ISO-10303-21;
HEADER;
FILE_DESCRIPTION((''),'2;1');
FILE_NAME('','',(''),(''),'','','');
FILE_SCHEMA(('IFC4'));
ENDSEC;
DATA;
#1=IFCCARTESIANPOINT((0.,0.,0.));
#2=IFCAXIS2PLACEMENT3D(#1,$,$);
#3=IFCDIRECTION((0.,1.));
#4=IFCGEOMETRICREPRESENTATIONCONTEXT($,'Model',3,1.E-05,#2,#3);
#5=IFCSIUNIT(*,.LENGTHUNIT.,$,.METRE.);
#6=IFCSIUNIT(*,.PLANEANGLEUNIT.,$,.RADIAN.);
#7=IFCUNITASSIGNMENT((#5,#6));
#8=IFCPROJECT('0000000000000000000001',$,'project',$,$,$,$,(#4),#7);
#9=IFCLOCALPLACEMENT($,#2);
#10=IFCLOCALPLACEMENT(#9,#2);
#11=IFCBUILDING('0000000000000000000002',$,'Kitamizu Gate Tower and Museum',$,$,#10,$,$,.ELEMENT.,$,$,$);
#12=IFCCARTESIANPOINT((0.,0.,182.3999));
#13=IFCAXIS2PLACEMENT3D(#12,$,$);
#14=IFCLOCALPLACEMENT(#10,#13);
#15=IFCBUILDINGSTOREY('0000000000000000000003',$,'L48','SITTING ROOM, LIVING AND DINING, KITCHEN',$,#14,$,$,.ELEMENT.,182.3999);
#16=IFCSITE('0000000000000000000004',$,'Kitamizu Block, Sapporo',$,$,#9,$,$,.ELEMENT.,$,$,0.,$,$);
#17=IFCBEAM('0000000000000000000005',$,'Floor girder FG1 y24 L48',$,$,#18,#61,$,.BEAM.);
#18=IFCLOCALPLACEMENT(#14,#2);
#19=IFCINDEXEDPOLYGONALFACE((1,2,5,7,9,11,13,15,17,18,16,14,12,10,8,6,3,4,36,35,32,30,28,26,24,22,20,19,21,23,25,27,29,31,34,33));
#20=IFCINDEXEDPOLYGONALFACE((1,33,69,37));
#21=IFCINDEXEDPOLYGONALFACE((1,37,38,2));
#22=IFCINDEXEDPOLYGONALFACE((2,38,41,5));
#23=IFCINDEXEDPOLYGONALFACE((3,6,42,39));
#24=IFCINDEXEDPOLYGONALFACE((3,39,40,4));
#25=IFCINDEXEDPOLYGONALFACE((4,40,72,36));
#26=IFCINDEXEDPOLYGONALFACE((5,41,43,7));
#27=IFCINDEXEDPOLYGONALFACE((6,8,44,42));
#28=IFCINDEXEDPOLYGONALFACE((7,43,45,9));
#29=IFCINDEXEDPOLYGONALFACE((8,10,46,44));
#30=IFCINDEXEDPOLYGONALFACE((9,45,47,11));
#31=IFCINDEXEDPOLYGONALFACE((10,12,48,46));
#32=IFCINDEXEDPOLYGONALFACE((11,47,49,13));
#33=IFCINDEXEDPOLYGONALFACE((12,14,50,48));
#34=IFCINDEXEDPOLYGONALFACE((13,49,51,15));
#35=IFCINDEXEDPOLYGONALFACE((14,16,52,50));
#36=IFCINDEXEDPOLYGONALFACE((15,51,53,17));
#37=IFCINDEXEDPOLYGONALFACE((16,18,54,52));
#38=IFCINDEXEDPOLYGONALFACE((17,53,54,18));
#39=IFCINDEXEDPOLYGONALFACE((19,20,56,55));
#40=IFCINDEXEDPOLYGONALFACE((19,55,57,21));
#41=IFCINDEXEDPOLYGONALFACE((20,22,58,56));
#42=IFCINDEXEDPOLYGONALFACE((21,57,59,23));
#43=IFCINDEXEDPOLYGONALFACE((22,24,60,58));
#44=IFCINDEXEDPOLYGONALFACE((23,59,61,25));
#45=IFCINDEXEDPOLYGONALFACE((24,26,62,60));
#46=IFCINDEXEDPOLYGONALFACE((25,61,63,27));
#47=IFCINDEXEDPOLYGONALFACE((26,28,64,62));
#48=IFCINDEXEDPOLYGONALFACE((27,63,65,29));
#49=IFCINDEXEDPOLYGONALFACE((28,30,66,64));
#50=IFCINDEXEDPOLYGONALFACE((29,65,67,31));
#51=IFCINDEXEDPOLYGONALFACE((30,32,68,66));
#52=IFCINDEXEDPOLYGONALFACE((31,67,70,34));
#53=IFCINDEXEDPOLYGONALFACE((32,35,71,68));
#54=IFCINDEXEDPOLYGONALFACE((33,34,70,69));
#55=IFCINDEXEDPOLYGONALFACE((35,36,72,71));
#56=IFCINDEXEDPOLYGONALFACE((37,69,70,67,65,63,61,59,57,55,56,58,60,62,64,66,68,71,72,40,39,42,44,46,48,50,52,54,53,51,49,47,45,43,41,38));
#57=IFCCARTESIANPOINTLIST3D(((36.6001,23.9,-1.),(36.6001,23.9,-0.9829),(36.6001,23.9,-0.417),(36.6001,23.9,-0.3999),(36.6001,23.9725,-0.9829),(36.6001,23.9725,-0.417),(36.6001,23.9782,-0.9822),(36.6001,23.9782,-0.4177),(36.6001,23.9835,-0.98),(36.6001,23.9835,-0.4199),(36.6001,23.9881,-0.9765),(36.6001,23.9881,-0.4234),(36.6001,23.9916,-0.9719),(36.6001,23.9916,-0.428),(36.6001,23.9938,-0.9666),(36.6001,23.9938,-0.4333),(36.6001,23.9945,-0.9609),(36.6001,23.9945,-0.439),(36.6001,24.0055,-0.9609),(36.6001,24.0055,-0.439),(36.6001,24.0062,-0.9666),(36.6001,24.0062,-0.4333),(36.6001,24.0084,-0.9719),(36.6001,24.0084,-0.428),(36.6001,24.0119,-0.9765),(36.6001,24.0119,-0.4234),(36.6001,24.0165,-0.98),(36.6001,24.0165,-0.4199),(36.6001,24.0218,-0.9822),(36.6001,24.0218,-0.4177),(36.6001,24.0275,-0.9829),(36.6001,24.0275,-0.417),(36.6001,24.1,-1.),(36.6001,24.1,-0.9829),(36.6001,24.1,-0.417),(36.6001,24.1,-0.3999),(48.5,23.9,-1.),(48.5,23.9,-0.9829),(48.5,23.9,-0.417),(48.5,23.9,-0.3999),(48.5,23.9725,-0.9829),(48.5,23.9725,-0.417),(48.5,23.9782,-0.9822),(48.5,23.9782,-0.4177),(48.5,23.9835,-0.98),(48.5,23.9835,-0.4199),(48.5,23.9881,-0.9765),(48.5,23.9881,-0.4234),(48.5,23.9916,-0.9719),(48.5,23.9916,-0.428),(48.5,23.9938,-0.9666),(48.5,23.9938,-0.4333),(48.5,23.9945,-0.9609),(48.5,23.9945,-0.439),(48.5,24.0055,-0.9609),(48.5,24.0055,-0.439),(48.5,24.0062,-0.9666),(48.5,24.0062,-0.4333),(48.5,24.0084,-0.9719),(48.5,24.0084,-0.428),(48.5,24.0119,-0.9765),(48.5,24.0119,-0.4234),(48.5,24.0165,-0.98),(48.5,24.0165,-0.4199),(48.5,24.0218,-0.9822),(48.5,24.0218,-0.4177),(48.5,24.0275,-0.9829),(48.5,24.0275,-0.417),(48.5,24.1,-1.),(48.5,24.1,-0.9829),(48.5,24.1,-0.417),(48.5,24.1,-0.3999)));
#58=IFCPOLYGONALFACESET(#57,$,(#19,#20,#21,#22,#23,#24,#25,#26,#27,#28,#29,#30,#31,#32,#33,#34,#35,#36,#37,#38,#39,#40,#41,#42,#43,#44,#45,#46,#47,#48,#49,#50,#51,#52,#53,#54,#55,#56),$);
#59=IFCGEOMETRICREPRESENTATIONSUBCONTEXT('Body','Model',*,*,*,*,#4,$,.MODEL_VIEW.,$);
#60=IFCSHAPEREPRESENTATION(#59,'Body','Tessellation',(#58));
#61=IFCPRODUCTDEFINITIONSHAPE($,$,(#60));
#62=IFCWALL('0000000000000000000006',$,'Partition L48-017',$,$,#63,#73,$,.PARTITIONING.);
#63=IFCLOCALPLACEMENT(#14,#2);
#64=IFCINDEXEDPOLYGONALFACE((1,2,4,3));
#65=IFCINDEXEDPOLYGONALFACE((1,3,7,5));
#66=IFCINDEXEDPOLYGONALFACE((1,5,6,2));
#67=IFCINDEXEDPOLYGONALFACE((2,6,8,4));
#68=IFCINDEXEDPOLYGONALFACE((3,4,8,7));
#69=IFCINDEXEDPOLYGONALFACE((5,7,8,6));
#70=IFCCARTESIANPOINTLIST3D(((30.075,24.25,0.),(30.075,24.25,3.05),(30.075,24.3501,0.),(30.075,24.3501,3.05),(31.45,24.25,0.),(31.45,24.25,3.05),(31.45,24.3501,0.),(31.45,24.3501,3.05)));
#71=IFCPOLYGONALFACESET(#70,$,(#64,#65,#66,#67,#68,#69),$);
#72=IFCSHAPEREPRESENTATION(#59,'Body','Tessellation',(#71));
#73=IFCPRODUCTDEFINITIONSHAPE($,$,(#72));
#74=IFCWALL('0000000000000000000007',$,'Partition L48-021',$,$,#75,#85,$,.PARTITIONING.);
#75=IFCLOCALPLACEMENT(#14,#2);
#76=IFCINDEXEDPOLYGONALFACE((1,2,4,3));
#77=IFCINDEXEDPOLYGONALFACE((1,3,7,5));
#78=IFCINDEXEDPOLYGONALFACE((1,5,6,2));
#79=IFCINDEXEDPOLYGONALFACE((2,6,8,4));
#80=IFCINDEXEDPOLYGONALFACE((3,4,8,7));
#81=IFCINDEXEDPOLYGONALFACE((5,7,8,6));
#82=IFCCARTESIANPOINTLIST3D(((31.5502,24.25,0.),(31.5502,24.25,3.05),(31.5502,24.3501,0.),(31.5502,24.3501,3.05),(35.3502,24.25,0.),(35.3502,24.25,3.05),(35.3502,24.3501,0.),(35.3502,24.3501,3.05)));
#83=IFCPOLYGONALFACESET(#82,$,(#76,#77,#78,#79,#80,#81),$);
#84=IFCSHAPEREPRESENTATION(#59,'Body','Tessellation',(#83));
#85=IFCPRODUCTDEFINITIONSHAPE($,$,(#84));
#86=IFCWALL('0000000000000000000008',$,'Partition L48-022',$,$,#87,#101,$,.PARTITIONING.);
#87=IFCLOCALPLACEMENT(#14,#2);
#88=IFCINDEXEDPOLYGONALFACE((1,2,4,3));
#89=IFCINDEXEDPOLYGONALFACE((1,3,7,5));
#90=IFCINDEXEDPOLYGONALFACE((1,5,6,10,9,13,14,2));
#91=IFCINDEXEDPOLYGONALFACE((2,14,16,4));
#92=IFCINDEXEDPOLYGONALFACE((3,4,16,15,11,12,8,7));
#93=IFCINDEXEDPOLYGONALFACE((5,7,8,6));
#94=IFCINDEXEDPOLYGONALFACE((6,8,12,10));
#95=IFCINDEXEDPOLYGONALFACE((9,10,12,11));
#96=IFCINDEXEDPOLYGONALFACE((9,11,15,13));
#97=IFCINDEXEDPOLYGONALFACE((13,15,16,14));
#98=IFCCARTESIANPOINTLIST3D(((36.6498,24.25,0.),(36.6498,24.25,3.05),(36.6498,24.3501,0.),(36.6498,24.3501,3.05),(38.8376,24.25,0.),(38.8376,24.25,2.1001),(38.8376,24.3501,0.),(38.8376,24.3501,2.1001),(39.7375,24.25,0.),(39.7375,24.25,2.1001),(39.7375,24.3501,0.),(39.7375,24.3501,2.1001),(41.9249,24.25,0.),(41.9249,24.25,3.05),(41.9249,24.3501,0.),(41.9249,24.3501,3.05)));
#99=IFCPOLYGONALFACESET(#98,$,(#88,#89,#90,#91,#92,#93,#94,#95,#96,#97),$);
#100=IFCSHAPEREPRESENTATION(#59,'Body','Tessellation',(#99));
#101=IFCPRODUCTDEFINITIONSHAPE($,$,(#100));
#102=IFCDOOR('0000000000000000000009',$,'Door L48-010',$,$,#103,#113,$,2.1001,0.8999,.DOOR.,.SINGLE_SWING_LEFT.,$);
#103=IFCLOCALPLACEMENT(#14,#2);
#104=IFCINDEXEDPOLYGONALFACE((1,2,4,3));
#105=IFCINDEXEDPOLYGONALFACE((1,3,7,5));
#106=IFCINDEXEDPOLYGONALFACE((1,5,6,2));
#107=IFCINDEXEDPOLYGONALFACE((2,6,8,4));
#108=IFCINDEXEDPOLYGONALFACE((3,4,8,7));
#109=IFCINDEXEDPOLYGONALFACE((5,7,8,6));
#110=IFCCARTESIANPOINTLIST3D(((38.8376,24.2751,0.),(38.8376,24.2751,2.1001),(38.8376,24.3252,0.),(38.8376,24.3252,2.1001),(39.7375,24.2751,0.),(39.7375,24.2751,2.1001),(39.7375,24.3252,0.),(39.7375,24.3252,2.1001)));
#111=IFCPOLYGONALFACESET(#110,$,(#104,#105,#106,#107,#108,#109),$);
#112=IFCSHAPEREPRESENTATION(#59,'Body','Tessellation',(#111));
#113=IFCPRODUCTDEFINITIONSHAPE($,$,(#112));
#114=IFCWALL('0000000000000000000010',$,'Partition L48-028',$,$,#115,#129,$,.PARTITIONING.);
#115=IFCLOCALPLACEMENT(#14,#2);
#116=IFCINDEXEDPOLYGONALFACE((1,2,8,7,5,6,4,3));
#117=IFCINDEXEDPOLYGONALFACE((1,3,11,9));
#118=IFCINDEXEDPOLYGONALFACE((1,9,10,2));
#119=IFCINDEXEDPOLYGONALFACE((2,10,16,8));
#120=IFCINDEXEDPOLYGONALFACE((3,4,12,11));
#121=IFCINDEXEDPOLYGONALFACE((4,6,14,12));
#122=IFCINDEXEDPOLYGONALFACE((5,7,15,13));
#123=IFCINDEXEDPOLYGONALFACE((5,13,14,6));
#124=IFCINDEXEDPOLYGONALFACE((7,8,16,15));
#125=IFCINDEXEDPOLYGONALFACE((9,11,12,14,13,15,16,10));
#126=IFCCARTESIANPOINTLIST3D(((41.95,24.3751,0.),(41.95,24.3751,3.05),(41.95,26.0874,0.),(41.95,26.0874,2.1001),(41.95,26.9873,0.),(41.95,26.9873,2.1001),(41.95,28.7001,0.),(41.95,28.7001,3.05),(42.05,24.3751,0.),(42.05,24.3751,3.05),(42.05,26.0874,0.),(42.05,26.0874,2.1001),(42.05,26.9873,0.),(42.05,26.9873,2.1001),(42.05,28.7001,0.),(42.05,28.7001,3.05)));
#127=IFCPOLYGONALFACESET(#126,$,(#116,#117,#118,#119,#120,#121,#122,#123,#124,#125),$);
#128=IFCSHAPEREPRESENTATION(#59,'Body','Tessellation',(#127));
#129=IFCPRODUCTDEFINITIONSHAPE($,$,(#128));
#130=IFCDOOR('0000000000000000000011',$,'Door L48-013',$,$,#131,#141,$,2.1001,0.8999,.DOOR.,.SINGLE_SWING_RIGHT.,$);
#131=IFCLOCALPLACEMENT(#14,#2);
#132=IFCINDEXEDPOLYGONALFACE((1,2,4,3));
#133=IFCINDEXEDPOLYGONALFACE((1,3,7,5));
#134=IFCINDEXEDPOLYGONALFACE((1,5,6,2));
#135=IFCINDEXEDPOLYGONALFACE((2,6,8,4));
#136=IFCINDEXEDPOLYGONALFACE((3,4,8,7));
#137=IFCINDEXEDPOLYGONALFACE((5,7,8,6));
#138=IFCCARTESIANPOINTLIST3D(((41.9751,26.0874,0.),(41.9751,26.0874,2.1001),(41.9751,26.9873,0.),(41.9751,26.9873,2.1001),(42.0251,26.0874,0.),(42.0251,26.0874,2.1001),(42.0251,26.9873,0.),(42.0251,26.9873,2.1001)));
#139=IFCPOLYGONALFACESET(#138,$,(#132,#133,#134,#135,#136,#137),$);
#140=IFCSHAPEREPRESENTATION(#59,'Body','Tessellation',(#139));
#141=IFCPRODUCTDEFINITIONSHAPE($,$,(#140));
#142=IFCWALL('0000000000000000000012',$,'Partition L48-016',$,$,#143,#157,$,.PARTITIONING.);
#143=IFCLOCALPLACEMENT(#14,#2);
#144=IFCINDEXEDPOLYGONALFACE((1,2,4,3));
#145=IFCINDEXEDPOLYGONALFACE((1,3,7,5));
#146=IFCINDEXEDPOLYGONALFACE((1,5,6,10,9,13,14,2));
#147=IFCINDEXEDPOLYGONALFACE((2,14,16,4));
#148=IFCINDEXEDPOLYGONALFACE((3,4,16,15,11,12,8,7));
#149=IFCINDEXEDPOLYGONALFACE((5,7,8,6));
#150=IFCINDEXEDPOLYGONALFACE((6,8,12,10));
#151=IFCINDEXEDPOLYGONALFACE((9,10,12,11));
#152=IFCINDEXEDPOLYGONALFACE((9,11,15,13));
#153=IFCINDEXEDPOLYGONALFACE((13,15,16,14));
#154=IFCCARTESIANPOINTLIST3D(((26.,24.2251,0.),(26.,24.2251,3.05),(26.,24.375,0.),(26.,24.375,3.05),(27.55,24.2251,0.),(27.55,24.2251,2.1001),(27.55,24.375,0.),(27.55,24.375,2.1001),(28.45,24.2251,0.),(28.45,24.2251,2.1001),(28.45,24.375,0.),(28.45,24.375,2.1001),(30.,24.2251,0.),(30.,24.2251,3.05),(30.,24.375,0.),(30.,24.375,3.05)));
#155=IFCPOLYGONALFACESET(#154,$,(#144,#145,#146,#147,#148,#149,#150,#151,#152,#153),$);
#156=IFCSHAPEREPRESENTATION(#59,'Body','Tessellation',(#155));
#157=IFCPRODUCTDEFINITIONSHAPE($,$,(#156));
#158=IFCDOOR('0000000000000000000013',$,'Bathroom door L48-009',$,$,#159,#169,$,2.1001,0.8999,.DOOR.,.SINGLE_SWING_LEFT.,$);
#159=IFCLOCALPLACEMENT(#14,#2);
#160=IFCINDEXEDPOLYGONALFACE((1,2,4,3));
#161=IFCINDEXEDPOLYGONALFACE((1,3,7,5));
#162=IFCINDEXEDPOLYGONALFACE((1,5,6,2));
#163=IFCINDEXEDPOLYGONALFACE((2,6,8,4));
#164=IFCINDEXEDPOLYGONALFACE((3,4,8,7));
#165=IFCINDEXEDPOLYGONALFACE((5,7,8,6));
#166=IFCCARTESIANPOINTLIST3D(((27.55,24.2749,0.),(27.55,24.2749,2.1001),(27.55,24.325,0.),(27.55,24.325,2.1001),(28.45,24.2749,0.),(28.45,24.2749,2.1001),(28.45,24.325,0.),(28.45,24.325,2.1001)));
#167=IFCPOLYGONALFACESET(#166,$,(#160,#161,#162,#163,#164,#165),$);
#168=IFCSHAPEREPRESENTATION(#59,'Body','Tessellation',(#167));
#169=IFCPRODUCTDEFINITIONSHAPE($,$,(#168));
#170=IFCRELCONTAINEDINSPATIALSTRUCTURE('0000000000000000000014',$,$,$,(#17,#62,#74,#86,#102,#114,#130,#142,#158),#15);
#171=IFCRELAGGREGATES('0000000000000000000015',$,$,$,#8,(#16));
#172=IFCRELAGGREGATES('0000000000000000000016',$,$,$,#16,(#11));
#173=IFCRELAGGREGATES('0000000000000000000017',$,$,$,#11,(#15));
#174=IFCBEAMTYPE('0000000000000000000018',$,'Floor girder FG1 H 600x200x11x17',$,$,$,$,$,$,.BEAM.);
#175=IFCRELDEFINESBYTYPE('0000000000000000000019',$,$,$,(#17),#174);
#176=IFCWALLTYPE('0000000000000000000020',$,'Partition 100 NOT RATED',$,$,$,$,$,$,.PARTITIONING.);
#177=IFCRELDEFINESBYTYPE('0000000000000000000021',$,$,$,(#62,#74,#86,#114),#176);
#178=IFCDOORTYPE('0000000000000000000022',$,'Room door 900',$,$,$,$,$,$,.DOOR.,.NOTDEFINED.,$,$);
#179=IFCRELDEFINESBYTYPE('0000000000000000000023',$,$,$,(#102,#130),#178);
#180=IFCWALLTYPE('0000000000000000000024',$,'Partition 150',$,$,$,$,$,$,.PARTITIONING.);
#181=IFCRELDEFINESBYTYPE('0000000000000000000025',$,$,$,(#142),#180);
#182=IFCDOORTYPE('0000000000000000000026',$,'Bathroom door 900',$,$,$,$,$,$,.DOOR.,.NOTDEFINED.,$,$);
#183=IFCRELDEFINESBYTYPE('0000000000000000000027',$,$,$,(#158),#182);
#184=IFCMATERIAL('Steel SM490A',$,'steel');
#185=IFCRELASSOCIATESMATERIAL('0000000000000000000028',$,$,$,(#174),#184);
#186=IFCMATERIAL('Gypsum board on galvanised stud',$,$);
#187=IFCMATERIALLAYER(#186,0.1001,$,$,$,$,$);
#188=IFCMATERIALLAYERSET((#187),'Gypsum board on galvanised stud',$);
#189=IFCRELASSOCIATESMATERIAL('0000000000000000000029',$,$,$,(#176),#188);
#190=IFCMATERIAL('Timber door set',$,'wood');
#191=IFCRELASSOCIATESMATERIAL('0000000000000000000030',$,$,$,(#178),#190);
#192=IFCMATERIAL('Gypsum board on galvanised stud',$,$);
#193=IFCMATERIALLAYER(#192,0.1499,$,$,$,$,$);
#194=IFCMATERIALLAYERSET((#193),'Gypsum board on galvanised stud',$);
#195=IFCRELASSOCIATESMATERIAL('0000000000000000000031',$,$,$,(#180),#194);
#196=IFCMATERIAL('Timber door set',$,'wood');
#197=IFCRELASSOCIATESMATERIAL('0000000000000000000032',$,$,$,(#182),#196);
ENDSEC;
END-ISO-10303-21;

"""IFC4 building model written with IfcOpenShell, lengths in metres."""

from ifc_helpers import new_model, si_unit, direction, frame, frame_2d, origin, origin_2d, place, context, subcontext, project, spatial, rectangle, i_section, extrude, material, layer, layer_set, material_profile, profile_set, type_object, element, fill, save


model = new_model("IFC4")

# Units and contexts
model_context = context("Model", 3, precision=1e-05, world=origin(), true_north=direction((0.0, 1.0)))
body_context = subcontext(model_context, "Body", "Model", "MODEL_VIEW")
ifc_project = project(units=[si_unit("LENGTHUNIT", "METRE"), si_unit("PLANEANGLEUNIT", "RADIAN")], contexts=[model_context])

# Site, building, storey
site_placement = place(None, origin())
site = spatial("IfcSite", under=ifc_project, at=site_placement, Name="Kitamizu Block, Sapporo", CompositionType="ELEMENT", RefElevation=0.0)
building_placement = place(site_placement, origin())
building = spatial("IfcBuilding", under=site, at=building_placement, Name="Kitamizu Gate Tower and Museum", CompositionType="ELEMENT")
storey_placement = place(building_placement, frame((0.0, 0.0, 182.3999)))
storey = spatial("IfcBuildingStorey", under=building, at=storey_placement, Name="L48", Description="SITTING ROOM, LIVING AND DINING, KITCHEN", CompositionType="ELEMENT", Elevation=182.3999)

# Beam
ifc_material_1 = material(Name="Steel SM490A", Category="steel")
ifc_material_profile_1 = material_profile(ifc_material_1, i_section(OverallWidth=0.2, OverallDepth=0.6001, WebThickness=0.011, FlangeThickness=0.0171, FilletRadius=0.022, at=origin_2d()), Name="H-600x200x11x17")
ifc_profile_set_1 = profile_set([ifc_material_profile_1], Name="Steel SM490A")
beam_type_1 = type_object("IfcBeamType", Name="Floor girder FG1 H 600x200x11x17", PredefinedType="BEAM", material=ifc_profile_set_1)
beam_1_placement = place(storey_placement, frame((36.6001, 24.0, -0.7), z_axis=(1.0, 0.0, 0.0), x_axis=(0.0, 1.0, 0.0)))
element("IfcBeam", 1, at=beam_1_placement, inside=storey, type_object=beam_type_1, Name="Floor girder FG1 y24 L48", PredefinedType="BEAM", context=body_context, shape_type="SweptSolid", body=[
    extrude(i_section(OverallWidth=0.2, OverallDepth=0.6001, WebThickness=0.011, FlangeThickness=0.0171, FilletRadius=0.022, at=origin_2d()), origin(), (0.0, 0.0, 1.0), 11.8999),
])

# Walls
ifc_material_2 = material(Name="Gypsum board on galvanised stud")
ifc_layer_1 = layer(ifc_material_2, 0.1001)
ifc_layer_set_1 = layer_set([ifc_layer_1], Name="Gypsum board on galvanised stud")
wall_type_1 = type_object("IfcWallType", Name="Partition 100 NOT RATED", PredefinedType="PARTITIONING", material=ifc_layer_set_1)
wall_1_placement = place(storey_placement, frame((31.45, 24.3, 0.0), z_axis=(0.0, 0.0, 1.0), x_axis=(-1.0, 0.0, 0.0)))
element("IfcWall", 2, at=wall_1_placement, inside=storey, type_object=wall_type_1, Name="Partition L48-017", PredefinedType="PARTITIONING", context=body_context, shape_type="SweptSolid", body=[
    extrude(rectangle(XDim=1.375, YDim=0.1001, at=frame_2d((0.6875, 0.0))), origin(), (0.0, 0.0, 1.0), 3.05),
])
wall_2_placement = place(storey_placement, frame((35.3501, 24.3, 0.0), z_axis=(0.0, 0.0, 1.0), x_axis=(-1.0, 0.0, 0.0)))
element("IfcWall", 3, at=wall_2_placement, inside=storey, type_object=wall_type_1, Name="Partition L48-021", PredefinedType="PARTITIONING", context=body_context, shape_type="SweptSolid", body=[
    extrude(rectangle(XDim=3.8, YDim=0.1001, at=frame_2d((1.8999, 0.0))), origin(), (0.0, 0.0, 1.0), 3.05),
])

# Walls, openings, doors
wall_3_placement = place(storey_placement, frame((41.925, 24.3, 0.0), z_axis=(0.0, 0.0, 1.0), x_axis=(-1.0, 0.0, 0.0)))
wall_3 = element("IfcWall", 4, at=wall_3_placement, inside=storey, type_object=wall_type_1, Name="Partition L48-022", PredefinedType="PARTITIONING", context=body_context, shape_type="SweptSolid", body=[
    extrude(rectangle(XDim=5.2751, YDim=0.1001, at=frame_2d((2.6377, 0.0))), origin(), (0.0, 0.0, 1.0), 3.05),
])
opening_1_placement = place(wall_3_placement, frame((2.1875, 0.0, 0.0)))
opening_1 = element("IfcOpeningElement", 5, at=opening_1_placement, cuts=wall_3, PredefinedType="OPENING", context=body_context, shape_type="SweptSolid", body=[
    extrude(rectangle(XDim=0.8999, YDim=2.1001, at=frame_2d((0.45, 1.05))), frame((0.0, 0.0601, 0.0), z_axis=(0.0, -1.0, 0.0), x_axis=(1.0, 0.0, 0.0)), (0.0, 0.0, 1.0), 0.1201),
])
ifc_material_3 = material(Name="Timber door set", Category="wood")
door_type_1 = type_object("IfcDoorType", Name="Room door 900", OperationType="NOTDEFINED", PredefinedType="DOOR", material=ifc_material_3)
door_1_placement = place(opening_1_placement, origin())
door_1 = element("IfcDoor", 6, at=door_1_placement, inside=storey, type_object=door_type_1, Name="Door L48-010", OperationType="SINGLE_SWING_LEFT", OverallHeight=2.1001, OverallWidth=0.8999, PredefinedType="DOOR", context=body_context, shape_type="SweptSolid", body=[
    extrude(rectangle(XDim=0.8999, YDim=2.1001, at=frame_2d((0.45, 1.05))), frame((0.0, 0.0249, 0.0), z_axis=(0.0, -1.0, 0.0), x_axis=(1.0, 0.0, 0.0)), (0.0, 0.0, 1.0), 0.05),
])
fill(opening_1, door_1)
wall_4_placement = place(storey_placement, frame((42.0, 24.375, 0.0), z_axis=(0.0, 0.0, 1.0), x_axis=(0.0, 1.0, 0.0)))
wall_4 = element("IfcWall", 7, at=wall_4_placement, inside=storey, type_object=wall_type_1, Name="Partition L48-028", PredefinedType="PARTITIONING", context=body_context, shape_type="SweptSolid", body=[
    extrude(rectangle(XDim=4.325, YDim=0.1001, at=frame_2d((2.1626, 0.0))), origin(), (0.0, 0.0, 1.0), 3.05),
])
opening_2_placement = place(wall_4_placement, frame((1.7124, 0.0, 0.0)))
opening_2 = element("IfcOpeningElement", 8, at=opening_2_placement, cuts=wall_4, PredefinedType="OPENING", context=body_context, shape_type="SweptSolid", body=[
    extrude(rectangle(XDim=0.8999, YDim=2.1001, at=frame_2d((0.45, 1.05))), frame((0.0, 0.0601, 0.0), z_axis=(0.0, -1.0, 0.0), x_axis=(1.0, 0.0, 0.0)), (0.0, 0.0, 1.0), 0.1201),
])
door_2_placement = place(opening_2_placement, origin())
door_2 = element("IfcDoor", 9, at=door_2_placement, inside=storey, type_object=door_type_1, Name="Door L48-013", OperationType="SINGLE_SWING_RIGHT", OverallHeight=2.1001, OverallWidth=0.8999, PredefinedType="DOOR", context=body_context, shape_type="SweptSolid", body=[
    extrude(rectangle(XDim=0.8999, YDim=2.1001, at=frame_2d((0.45, 1.05))), frame((0.0, 0.0249, 0.0), z_axis=(0.0, -1.0, 0.0), x_axis=(1.0, 0.0, 0.0)), (0.0, 0.0, 1.0), 0.05),
])
fill(opening_2, door_2)
ifc_material_4 = material(Name="Gypsum board on galvanised stud")
ifc_layer_2 = layer(ifc_material_4, 0.1499)
ifc_layer_set_2 = layer_set([ifc_layer_2], Name="Gypsum board on galvanised stud")
wall_type_2 = type_object("IfcWallType", Name="Partition 150", PredefinedType="PARTITIONING", material=ifc_layer_set_2)
wall_5_placement = place(storey_placement, frame((30.0, 24.3, 0.0), z_axis=(0.0, 0.0, 1.0), x_axis=(-1.0, 0.0, 0.0)))
wall_5 = element("IfcWall", 10, at=wall_5_placement, inside=storey, type_object=wall_type_2, Name="Partition L48-016", PredefinedType="PARTITIONING", context=body_context, shape_type="SweptSolid", body=[
    extrude(rectangle(XDim=4.0, YDim=0.1499, at=frame_2d((2.0, 0.0))), origin(), (0.0, 0.0, 1.0), 3.05),
])
opening_3_placement = place(wall_5_placement, frame((1.55, 0.0, 0.0)))
opening_3 = element("IfcOpeningElement", 11, at=opening_3_placement, cuts=wall_5, PredefinedType="OPENING", context=body_context, shape_type="SweptSolid", body=[
    extrude(rectangle(XDim=0.8999, YDim=2.1001, at=frame_2d((0.45, 1.05))), frame((0.0, 0.085, 0.0), z_axis=(0.0, -1.0, 0.0), x_axis=(1.0, 0.0, 0.0)), (0.0, 0.0, 1.0), 0.1699),
])
ifc_material_5 = material(Name="Timber door set", Category="wood")
door_type_2 = type_object("IfcDoorType", Name="Bathroom door 900", OperationType="NOTDEFINED", PredefinedType="DOOR", material=ifc_material_5)
door_3_placement = place(opening_3_placement, frame((0.8999, 0.0, 0.0), x_axis=(-1.0, 0.0, 0.0)))
door_3 = element("IfcDoor", 12, at=door_3_placement, inside=storey, type_object=door_type_2, Name="Bathroom door L48-009", OperationType="SINGLE_SWING_LEFT", OverallHeight=2.1001, OverallWidth=0.8999, PredefinedType="DOOR", context=body_context, shape_type="SweptSolid", body=[
    extrude(rectangle(XDim=0.8999, YDim=2.1001, at=frame_2d((0.45, 1.05))), frame((0.0, 0.0249, 0.0), z_axis=(0.0, -1.0, 0.0), x_axis=(1.0, 0.0, 0.0)), (0.0, 0.0, 1.0), 0.05),
])
fill(opening_3, door_3)

save(model, "model.ifc")
